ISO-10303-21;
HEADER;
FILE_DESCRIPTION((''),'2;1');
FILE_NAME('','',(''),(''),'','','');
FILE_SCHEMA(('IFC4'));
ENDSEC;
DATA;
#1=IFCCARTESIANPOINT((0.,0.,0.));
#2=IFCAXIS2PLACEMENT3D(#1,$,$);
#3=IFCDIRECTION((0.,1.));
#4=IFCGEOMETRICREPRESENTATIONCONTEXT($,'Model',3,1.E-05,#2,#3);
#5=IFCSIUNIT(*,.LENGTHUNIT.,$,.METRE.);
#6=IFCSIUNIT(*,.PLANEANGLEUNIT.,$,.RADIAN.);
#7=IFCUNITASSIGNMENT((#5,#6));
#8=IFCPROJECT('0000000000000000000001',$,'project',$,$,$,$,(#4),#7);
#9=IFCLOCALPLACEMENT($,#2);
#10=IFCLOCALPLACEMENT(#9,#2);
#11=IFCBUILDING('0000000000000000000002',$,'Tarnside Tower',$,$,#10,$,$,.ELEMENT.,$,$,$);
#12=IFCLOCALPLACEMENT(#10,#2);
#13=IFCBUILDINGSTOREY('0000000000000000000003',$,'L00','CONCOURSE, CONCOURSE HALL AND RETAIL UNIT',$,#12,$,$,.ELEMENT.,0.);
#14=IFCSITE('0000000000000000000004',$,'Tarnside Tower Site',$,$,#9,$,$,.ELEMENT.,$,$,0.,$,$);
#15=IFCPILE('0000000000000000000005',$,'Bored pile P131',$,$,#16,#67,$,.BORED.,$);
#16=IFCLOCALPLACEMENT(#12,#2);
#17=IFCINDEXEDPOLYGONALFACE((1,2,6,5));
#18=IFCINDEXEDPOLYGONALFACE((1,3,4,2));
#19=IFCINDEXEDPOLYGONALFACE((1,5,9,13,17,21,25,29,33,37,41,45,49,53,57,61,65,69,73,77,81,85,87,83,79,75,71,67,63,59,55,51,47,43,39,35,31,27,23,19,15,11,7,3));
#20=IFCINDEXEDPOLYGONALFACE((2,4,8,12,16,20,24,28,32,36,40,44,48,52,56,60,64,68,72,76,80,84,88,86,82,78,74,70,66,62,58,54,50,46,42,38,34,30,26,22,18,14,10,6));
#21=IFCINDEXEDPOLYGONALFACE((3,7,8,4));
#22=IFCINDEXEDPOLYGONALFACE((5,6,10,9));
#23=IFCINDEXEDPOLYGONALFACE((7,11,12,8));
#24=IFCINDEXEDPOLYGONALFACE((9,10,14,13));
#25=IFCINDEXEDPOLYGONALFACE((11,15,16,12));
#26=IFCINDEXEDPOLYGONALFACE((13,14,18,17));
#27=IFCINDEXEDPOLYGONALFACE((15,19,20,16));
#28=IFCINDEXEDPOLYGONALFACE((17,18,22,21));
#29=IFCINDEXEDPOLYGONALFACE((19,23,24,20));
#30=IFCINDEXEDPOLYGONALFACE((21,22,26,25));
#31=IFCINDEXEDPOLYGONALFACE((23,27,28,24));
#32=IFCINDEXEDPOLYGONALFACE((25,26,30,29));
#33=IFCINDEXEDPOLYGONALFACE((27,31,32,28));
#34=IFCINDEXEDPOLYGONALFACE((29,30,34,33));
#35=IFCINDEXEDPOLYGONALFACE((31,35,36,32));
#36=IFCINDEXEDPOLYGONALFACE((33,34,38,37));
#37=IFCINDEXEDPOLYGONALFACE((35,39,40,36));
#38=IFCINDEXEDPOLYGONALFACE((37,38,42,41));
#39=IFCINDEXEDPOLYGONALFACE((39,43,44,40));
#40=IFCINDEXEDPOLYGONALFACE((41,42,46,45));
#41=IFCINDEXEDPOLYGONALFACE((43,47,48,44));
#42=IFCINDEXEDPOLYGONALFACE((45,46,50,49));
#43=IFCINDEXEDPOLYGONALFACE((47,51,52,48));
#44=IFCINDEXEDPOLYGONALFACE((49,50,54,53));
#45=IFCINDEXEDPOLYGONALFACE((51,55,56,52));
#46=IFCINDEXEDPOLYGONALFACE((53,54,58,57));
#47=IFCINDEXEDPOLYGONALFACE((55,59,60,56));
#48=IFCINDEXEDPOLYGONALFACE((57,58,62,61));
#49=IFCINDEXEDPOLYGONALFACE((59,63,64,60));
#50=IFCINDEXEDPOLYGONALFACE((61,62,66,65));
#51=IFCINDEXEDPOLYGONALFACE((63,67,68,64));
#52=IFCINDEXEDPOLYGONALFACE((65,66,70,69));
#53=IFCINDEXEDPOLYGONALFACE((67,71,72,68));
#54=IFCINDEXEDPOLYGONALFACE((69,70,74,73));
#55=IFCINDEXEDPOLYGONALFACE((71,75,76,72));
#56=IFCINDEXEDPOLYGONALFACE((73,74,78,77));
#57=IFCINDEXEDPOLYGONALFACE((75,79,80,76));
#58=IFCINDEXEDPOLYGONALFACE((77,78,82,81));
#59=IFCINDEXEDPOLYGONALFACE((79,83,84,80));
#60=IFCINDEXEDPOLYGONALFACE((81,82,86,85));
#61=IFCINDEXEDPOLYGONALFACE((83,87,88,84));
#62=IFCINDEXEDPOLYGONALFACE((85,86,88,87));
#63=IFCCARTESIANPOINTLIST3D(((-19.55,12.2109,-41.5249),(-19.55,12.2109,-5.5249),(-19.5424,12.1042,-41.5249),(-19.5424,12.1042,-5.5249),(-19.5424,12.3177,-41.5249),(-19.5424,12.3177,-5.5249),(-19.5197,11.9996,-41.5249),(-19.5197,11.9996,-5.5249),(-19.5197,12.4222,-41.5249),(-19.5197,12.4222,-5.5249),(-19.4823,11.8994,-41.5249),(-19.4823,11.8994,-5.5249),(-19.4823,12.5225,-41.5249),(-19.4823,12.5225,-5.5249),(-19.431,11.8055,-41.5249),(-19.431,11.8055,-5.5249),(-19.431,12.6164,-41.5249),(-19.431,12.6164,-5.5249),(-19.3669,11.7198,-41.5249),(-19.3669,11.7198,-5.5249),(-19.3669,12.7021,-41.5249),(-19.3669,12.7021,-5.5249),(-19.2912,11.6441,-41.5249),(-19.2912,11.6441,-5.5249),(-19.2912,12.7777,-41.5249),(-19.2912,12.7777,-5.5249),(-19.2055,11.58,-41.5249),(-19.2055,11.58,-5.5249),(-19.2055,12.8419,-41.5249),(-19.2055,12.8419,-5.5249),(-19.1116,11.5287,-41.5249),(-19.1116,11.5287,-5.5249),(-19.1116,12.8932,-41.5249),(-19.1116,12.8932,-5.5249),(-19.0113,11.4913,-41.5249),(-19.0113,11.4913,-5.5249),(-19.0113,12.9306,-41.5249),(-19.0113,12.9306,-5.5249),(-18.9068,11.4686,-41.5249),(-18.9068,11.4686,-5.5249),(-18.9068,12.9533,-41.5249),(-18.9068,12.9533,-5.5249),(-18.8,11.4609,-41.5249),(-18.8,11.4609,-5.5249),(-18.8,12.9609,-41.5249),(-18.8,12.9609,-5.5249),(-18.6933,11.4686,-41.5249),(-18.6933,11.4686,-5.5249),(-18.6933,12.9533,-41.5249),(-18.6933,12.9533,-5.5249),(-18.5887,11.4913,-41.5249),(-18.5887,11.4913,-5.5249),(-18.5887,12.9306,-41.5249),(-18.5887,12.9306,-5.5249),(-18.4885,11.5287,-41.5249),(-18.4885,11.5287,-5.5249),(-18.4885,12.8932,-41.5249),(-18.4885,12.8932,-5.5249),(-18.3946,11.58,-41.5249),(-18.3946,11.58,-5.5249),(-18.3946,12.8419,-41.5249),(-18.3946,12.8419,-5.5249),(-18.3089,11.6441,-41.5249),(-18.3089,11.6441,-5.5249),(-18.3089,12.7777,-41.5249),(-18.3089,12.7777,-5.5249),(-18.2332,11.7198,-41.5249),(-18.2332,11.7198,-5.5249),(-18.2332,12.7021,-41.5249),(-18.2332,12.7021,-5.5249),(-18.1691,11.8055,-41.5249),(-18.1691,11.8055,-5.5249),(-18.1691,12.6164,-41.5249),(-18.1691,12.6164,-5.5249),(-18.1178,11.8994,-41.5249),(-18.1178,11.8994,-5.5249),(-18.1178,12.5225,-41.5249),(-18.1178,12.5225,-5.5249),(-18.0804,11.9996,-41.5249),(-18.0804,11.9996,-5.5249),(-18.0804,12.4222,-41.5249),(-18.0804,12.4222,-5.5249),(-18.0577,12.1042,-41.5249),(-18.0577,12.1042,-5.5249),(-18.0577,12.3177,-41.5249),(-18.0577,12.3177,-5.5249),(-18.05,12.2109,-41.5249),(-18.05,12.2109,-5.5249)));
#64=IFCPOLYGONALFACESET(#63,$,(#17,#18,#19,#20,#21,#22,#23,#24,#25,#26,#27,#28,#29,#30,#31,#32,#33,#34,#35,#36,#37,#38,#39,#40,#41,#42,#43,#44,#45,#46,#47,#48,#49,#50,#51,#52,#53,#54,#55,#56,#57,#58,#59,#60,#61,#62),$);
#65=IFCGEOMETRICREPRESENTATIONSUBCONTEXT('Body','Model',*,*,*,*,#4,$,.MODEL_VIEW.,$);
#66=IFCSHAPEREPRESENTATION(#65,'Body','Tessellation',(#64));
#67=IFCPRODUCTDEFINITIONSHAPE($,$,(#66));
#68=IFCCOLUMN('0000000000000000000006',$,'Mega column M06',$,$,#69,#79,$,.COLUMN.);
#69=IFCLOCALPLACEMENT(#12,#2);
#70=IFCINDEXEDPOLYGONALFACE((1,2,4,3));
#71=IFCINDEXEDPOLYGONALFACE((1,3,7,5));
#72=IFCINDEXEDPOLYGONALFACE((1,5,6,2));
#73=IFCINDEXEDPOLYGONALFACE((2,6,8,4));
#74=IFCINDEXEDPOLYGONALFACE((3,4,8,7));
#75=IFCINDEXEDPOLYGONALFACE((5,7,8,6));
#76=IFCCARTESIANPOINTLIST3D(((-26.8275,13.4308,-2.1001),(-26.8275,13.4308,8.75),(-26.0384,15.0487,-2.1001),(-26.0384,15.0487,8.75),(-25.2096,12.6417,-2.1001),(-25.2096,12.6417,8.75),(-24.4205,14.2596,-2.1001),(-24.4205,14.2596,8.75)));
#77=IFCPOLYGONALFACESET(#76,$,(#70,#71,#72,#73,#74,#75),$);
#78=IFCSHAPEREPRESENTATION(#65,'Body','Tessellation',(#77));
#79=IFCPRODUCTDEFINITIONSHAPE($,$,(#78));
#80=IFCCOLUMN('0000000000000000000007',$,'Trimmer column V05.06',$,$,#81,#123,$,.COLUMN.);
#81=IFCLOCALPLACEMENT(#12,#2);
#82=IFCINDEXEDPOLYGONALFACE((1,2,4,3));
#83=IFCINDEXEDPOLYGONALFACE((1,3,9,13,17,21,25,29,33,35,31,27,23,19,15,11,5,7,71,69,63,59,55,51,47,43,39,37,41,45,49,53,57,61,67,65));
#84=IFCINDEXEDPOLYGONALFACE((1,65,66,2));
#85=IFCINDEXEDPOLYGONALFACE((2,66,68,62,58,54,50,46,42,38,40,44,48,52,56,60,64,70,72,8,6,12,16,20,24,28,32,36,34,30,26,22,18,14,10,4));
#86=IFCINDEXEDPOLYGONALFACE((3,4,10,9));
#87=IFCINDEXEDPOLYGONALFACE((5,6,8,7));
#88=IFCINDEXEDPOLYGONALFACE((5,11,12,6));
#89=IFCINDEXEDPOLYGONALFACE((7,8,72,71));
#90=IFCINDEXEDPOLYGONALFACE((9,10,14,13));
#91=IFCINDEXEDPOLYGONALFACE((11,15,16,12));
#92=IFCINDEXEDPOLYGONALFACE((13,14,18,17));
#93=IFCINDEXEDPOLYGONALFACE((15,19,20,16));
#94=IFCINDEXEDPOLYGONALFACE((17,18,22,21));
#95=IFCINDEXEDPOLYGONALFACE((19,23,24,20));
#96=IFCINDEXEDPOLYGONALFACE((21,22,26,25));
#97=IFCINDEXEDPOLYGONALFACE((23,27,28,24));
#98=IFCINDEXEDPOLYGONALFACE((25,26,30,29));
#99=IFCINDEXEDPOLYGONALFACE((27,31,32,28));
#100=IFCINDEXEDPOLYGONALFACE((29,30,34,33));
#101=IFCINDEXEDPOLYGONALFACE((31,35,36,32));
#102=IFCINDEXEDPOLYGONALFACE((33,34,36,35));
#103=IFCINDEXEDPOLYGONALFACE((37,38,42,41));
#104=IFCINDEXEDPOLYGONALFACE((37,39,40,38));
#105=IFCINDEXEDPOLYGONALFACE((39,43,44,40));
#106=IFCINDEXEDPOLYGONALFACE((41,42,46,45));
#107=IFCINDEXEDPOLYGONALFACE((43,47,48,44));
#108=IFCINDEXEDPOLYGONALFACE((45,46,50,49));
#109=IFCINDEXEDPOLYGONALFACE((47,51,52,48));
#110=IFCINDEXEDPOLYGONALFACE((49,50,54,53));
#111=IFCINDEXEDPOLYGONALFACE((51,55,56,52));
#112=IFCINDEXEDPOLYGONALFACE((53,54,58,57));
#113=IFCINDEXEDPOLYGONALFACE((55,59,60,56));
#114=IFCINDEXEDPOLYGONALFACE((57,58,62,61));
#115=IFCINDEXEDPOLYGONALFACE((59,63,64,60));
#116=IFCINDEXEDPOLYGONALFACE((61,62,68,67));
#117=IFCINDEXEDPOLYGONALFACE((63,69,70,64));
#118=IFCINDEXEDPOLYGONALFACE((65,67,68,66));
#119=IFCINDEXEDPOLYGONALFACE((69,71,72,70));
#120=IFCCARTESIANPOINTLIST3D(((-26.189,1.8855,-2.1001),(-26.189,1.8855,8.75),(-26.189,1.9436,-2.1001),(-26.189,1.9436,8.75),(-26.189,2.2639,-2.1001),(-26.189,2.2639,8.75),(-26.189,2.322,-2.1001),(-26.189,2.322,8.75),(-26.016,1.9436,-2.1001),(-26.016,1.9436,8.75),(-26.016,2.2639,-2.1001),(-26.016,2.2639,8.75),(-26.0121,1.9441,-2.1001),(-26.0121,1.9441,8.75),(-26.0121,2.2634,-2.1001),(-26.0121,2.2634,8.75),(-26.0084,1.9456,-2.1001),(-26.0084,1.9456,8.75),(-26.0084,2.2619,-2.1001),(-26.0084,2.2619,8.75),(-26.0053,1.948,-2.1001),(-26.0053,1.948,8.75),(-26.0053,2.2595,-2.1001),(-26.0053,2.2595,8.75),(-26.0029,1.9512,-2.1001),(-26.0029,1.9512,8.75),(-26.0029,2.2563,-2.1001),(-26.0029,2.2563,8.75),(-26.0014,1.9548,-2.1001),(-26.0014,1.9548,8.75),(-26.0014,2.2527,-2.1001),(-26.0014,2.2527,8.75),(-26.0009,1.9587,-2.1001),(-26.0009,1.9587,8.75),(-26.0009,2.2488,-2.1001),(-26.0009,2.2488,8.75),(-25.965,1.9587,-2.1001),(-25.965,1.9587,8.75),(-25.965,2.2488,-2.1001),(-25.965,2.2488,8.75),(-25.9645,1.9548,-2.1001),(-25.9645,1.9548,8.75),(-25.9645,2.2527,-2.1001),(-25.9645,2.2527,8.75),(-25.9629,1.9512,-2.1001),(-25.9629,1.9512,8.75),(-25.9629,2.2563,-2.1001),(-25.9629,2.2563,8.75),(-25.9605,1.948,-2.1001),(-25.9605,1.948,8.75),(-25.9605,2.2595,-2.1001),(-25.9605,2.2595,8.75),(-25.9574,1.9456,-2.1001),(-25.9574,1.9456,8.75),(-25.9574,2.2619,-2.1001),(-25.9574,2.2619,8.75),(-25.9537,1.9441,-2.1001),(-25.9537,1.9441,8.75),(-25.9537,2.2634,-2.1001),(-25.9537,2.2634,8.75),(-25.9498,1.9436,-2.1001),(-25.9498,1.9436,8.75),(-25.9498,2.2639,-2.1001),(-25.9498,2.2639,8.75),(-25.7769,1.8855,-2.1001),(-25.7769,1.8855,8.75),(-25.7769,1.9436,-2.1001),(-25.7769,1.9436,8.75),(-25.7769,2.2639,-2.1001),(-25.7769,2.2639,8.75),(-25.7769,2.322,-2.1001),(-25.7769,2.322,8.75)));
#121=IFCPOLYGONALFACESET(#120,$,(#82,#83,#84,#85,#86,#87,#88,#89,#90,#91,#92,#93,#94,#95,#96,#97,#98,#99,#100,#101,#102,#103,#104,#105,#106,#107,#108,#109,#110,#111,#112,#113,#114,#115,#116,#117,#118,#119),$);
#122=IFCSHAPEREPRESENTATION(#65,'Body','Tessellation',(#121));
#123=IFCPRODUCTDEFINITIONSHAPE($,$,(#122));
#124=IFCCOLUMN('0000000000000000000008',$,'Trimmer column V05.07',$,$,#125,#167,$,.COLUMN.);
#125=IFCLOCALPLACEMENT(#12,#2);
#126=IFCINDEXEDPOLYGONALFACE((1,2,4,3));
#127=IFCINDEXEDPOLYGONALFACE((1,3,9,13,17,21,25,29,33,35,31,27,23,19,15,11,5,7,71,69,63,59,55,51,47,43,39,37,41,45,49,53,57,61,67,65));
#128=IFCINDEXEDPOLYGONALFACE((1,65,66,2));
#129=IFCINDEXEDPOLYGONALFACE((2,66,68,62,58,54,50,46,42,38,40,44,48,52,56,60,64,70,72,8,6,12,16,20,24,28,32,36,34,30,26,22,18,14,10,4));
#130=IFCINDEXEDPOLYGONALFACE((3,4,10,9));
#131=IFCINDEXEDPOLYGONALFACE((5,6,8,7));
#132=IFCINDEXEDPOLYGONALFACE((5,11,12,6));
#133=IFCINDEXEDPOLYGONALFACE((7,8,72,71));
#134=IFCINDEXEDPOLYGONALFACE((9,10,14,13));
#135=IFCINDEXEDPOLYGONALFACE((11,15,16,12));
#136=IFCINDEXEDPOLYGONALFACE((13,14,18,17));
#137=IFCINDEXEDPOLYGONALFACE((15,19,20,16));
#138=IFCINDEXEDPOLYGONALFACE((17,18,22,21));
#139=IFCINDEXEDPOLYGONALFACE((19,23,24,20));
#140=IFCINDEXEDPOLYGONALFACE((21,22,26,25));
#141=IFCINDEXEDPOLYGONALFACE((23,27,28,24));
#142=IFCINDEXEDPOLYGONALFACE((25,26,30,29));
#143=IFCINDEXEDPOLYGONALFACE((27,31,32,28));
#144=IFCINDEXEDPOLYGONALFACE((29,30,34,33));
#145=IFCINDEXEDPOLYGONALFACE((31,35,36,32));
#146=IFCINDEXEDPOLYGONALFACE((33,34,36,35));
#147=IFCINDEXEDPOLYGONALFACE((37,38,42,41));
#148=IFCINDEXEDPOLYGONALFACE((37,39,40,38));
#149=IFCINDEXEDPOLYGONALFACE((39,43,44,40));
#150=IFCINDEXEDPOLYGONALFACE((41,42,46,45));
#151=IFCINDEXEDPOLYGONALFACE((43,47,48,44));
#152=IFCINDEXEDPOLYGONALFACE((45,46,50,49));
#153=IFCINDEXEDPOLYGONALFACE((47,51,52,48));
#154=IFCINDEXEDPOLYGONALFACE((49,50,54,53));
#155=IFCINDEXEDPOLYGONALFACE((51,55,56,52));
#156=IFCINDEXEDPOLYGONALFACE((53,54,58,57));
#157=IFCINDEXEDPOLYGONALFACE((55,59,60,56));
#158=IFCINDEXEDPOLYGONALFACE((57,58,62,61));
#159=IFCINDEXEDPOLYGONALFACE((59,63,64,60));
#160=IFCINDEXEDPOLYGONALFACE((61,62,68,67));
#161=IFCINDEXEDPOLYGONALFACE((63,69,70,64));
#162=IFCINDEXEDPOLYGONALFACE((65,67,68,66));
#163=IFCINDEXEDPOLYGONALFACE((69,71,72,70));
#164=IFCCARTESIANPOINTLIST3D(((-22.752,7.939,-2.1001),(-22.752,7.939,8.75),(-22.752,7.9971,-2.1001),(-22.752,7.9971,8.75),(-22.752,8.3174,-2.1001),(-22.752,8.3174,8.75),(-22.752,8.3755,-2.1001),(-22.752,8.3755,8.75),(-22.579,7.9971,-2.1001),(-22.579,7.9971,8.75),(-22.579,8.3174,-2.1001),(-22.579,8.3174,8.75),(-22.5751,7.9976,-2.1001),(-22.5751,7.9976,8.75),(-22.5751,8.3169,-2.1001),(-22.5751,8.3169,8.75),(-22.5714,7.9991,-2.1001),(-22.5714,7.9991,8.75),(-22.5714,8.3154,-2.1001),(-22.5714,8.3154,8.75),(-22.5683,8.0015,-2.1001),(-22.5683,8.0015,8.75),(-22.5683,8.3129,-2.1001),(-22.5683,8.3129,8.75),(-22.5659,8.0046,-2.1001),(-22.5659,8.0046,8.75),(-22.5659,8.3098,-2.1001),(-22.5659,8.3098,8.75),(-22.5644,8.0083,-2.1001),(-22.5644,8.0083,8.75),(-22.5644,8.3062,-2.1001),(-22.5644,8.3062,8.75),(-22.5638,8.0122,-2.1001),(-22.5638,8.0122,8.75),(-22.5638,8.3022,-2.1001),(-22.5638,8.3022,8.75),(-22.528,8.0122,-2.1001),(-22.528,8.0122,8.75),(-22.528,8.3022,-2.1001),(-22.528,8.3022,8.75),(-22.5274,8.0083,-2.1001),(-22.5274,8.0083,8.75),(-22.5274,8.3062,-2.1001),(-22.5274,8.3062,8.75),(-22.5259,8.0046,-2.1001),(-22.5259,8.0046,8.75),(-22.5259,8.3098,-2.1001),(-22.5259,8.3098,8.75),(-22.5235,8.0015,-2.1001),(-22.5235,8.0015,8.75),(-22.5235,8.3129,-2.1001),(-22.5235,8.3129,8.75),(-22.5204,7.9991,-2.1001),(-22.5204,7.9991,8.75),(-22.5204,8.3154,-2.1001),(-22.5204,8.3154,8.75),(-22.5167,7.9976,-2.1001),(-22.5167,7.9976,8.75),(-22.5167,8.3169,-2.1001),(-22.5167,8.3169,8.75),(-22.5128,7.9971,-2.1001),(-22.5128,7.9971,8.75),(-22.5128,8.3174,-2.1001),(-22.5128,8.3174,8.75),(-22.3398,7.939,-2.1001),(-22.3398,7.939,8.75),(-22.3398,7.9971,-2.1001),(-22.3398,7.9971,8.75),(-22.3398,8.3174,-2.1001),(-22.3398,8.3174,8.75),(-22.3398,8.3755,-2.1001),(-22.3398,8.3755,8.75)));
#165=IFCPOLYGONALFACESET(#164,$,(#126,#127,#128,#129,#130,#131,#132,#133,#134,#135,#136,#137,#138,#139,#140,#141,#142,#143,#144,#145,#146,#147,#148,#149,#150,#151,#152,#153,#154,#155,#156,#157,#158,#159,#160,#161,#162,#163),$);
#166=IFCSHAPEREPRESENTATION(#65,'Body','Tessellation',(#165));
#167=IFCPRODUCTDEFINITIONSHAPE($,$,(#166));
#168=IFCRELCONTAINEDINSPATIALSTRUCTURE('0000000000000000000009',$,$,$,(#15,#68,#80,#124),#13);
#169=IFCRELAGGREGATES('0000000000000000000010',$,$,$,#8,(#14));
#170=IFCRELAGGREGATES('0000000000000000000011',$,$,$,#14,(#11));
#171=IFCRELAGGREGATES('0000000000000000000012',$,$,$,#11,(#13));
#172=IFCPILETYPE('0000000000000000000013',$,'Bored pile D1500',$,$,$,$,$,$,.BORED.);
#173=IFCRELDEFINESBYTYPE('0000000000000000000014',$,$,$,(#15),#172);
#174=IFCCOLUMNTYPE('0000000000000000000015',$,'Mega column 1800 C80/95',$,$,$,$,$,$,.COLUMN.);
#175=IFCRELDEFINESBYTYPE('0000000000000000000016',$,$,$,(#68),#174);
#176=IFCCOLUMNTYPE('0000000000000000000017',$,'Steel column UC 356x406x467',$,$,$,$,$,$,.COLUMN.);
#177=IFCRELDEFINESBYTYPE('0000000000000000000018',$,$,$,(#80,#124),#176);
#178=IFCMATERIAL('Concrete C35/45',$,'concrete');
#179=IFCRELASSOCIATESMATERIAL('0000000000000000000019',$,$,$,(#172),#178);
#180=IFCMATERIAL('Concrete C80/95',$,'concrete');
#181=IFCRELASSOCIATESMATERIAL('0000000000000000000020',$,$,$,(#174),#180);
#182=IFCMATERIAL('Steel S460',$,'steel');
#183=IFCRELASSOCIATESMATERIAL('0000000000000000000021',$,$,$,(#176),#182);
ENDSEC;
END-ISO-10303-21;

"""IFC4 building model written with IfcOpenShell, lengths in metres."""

from ifc_helpers import new_model, si_unit, direction, frame, origin, origin_2d, place, context, subcontext, project, spatial, rectangle, circle, i_section, extrude, material, material_profile, profile_set, type_object, element, save


model = new_model("IFC4")

# Units and contexts
model_context = context("Model", 3, precision=1e-05, world=origin(), true_north=direction((0.0, 1.0)))
body_context = subcontext(model_context, "Body", "Model", "MODEL_VIEW")
ifc_project = project(units=[si_unit("LENGTHUNIT", "METRE"), si_unit("PLANEANGLEUNIT", "RADIAN")], contexts=[model_context])

# Site, building, storey
site_placement = place(None, origin())
site = spatial("IfcSite", under=ifc_project, at=site_placement, Name="Tarnside Tower Site", CompositionType="ELEMENT", RefElevation=0.0)
building_placement = place(site_placement, origin())
building = spatial("IfcBuilding", under=site, at=building_placement, Name="Tarnside Tower", CompositionType="ELEMENT")
storey_placement = place(building_placement, origin())
storey = spatial("IfcBuildingStorey", under=building, at=storey_placement, Name="L00", Description="CONCOURSE, CONCOURSE HALL AND RETAIL UNIT", CompositionType="ELEMENT", Elevation=0.0)

# Pile
ifc_material_1 = material(Name="Concrete C35/45", Category="concrete")
ifc_material_profile_1 = material_profile(ifc_material_1, circle(Radius=0.75, at=origin_2d()), Name="Bored pile D1500")
ifc_profile_set_1 = profile_set([ifc_material_profile_1], Name="Concrete C35/45")
pile_type = type_object("IfcPileType", Name="Bored pile D1500", PredefinedType="BORED", material=ifc_profile_set_1)
for number, where, z_axis, x_axis, name in (
    (1, (-18.8, 12.2109, -5.5249), (0.0, 0.0, -1.0), (1.0, 0.0, 0.0), "Bored pile P131"),
):
    element("IfcPile", number, at=place(storey_placement, frame(where, z_axis=z_axis, x_axis=x_axis)), inside=storey, type_object=pile_type, Name=name, PredefinedType="BORED", context=body_context, shape_type="SweptSolid", body=[
        extrude(circle(Radius=0.75, at=origin_2d()), origin(), (0.0, 0.0, 1.0), 36.0),
    ])

# Columns
ifc_material_2 = material(Name="Concrete C80/95", Category="concrete")
ifc_material_profile_2 = material_profile(ifc_material_2, rectangle(XDim=1.8, YDim=1.8, at=origin_2d()), Name="Mega column 1800x1800")
ifc_profile_set_2 = profile_set([ifc_material_profile_2], Name="Concrete C80/95")
column_type_1 = type_object("IfcColumnType", Name="Mega column 1800 C80/95", PredefinedType="COLUMN", material=ifc_profile_set_2)
column_placement = place(storey_placement, frame((-25.624, 13.8452, -2.1001), z_axis=(0.0, 0.0, 1.0), x_axis=(0.438371, 0.898794, 0.0)))
element("IfcColumn", 2, at=column_placement, inside=storey, type_object=column_type_1, Name="Mega column M06", PredefinedType="COLUMN", context=body_context, shape_type="SweptSolid", body=[
    extrude(rectangle(XDim=1.8, YDim=1.8, at=origin_2d()), origin(), (0.0, 0.0, 1.0), 10.8501),
])
ifc_material_3 = material(Name="Steel S460", Category="steel")
ifc_material_profile_3 = material_profile(ifc_material_3, i_section(OverallWidth=0.4121, OverallDepth=0.4365, WebThickness=0.0359, FlangeThickness=0.0581, FilletRadius=0.0151, at=origin_2d()), Name="UC 356x406x467")
ifc_profile_set_3 = profile_set([ifc_material_profile_3], Name="Steel S460")
column_type_2 = type_object("IfcColumnType", Name="Steel column UC 356x406x467", PredefinedType="COLUMN", material=ifc_profile_set_3)
for number, where, z_axis, x_axis, name in (
    (3, (-25.9829, 2.1038, -2.1001), (0.0, 0.0, 1.0), (1.0, 0.0, 0.0), "Trimmer column V05.06"),
    (4, (-22.5459, 8.1572, -2.1001), (0.0, 0.0, 1.0), (1.0, 0.0, 0.0), "Trimmer column V05.07"),
):
    element("IfcColumn", number, at=place(storey_placement, frame(where, z_axis=z_axis, x_axis=x_axis)), inside=storey, type_object=column_type_2, Name=name, PredefinedType="COLUMN", context=body_context, shape_type="SweptSolid", body=[
        extrude(i_section(OverallWidth=0.4121, OverallDepth=0.4365, WebThickness=0.0359, FlangeThickness=0.0581, FilletRadius=0.0151, at=origin_2d()), origin(), (0.0, 0.0, 1.0), 10.8501),
    ])

save(model, "model.ifc")
